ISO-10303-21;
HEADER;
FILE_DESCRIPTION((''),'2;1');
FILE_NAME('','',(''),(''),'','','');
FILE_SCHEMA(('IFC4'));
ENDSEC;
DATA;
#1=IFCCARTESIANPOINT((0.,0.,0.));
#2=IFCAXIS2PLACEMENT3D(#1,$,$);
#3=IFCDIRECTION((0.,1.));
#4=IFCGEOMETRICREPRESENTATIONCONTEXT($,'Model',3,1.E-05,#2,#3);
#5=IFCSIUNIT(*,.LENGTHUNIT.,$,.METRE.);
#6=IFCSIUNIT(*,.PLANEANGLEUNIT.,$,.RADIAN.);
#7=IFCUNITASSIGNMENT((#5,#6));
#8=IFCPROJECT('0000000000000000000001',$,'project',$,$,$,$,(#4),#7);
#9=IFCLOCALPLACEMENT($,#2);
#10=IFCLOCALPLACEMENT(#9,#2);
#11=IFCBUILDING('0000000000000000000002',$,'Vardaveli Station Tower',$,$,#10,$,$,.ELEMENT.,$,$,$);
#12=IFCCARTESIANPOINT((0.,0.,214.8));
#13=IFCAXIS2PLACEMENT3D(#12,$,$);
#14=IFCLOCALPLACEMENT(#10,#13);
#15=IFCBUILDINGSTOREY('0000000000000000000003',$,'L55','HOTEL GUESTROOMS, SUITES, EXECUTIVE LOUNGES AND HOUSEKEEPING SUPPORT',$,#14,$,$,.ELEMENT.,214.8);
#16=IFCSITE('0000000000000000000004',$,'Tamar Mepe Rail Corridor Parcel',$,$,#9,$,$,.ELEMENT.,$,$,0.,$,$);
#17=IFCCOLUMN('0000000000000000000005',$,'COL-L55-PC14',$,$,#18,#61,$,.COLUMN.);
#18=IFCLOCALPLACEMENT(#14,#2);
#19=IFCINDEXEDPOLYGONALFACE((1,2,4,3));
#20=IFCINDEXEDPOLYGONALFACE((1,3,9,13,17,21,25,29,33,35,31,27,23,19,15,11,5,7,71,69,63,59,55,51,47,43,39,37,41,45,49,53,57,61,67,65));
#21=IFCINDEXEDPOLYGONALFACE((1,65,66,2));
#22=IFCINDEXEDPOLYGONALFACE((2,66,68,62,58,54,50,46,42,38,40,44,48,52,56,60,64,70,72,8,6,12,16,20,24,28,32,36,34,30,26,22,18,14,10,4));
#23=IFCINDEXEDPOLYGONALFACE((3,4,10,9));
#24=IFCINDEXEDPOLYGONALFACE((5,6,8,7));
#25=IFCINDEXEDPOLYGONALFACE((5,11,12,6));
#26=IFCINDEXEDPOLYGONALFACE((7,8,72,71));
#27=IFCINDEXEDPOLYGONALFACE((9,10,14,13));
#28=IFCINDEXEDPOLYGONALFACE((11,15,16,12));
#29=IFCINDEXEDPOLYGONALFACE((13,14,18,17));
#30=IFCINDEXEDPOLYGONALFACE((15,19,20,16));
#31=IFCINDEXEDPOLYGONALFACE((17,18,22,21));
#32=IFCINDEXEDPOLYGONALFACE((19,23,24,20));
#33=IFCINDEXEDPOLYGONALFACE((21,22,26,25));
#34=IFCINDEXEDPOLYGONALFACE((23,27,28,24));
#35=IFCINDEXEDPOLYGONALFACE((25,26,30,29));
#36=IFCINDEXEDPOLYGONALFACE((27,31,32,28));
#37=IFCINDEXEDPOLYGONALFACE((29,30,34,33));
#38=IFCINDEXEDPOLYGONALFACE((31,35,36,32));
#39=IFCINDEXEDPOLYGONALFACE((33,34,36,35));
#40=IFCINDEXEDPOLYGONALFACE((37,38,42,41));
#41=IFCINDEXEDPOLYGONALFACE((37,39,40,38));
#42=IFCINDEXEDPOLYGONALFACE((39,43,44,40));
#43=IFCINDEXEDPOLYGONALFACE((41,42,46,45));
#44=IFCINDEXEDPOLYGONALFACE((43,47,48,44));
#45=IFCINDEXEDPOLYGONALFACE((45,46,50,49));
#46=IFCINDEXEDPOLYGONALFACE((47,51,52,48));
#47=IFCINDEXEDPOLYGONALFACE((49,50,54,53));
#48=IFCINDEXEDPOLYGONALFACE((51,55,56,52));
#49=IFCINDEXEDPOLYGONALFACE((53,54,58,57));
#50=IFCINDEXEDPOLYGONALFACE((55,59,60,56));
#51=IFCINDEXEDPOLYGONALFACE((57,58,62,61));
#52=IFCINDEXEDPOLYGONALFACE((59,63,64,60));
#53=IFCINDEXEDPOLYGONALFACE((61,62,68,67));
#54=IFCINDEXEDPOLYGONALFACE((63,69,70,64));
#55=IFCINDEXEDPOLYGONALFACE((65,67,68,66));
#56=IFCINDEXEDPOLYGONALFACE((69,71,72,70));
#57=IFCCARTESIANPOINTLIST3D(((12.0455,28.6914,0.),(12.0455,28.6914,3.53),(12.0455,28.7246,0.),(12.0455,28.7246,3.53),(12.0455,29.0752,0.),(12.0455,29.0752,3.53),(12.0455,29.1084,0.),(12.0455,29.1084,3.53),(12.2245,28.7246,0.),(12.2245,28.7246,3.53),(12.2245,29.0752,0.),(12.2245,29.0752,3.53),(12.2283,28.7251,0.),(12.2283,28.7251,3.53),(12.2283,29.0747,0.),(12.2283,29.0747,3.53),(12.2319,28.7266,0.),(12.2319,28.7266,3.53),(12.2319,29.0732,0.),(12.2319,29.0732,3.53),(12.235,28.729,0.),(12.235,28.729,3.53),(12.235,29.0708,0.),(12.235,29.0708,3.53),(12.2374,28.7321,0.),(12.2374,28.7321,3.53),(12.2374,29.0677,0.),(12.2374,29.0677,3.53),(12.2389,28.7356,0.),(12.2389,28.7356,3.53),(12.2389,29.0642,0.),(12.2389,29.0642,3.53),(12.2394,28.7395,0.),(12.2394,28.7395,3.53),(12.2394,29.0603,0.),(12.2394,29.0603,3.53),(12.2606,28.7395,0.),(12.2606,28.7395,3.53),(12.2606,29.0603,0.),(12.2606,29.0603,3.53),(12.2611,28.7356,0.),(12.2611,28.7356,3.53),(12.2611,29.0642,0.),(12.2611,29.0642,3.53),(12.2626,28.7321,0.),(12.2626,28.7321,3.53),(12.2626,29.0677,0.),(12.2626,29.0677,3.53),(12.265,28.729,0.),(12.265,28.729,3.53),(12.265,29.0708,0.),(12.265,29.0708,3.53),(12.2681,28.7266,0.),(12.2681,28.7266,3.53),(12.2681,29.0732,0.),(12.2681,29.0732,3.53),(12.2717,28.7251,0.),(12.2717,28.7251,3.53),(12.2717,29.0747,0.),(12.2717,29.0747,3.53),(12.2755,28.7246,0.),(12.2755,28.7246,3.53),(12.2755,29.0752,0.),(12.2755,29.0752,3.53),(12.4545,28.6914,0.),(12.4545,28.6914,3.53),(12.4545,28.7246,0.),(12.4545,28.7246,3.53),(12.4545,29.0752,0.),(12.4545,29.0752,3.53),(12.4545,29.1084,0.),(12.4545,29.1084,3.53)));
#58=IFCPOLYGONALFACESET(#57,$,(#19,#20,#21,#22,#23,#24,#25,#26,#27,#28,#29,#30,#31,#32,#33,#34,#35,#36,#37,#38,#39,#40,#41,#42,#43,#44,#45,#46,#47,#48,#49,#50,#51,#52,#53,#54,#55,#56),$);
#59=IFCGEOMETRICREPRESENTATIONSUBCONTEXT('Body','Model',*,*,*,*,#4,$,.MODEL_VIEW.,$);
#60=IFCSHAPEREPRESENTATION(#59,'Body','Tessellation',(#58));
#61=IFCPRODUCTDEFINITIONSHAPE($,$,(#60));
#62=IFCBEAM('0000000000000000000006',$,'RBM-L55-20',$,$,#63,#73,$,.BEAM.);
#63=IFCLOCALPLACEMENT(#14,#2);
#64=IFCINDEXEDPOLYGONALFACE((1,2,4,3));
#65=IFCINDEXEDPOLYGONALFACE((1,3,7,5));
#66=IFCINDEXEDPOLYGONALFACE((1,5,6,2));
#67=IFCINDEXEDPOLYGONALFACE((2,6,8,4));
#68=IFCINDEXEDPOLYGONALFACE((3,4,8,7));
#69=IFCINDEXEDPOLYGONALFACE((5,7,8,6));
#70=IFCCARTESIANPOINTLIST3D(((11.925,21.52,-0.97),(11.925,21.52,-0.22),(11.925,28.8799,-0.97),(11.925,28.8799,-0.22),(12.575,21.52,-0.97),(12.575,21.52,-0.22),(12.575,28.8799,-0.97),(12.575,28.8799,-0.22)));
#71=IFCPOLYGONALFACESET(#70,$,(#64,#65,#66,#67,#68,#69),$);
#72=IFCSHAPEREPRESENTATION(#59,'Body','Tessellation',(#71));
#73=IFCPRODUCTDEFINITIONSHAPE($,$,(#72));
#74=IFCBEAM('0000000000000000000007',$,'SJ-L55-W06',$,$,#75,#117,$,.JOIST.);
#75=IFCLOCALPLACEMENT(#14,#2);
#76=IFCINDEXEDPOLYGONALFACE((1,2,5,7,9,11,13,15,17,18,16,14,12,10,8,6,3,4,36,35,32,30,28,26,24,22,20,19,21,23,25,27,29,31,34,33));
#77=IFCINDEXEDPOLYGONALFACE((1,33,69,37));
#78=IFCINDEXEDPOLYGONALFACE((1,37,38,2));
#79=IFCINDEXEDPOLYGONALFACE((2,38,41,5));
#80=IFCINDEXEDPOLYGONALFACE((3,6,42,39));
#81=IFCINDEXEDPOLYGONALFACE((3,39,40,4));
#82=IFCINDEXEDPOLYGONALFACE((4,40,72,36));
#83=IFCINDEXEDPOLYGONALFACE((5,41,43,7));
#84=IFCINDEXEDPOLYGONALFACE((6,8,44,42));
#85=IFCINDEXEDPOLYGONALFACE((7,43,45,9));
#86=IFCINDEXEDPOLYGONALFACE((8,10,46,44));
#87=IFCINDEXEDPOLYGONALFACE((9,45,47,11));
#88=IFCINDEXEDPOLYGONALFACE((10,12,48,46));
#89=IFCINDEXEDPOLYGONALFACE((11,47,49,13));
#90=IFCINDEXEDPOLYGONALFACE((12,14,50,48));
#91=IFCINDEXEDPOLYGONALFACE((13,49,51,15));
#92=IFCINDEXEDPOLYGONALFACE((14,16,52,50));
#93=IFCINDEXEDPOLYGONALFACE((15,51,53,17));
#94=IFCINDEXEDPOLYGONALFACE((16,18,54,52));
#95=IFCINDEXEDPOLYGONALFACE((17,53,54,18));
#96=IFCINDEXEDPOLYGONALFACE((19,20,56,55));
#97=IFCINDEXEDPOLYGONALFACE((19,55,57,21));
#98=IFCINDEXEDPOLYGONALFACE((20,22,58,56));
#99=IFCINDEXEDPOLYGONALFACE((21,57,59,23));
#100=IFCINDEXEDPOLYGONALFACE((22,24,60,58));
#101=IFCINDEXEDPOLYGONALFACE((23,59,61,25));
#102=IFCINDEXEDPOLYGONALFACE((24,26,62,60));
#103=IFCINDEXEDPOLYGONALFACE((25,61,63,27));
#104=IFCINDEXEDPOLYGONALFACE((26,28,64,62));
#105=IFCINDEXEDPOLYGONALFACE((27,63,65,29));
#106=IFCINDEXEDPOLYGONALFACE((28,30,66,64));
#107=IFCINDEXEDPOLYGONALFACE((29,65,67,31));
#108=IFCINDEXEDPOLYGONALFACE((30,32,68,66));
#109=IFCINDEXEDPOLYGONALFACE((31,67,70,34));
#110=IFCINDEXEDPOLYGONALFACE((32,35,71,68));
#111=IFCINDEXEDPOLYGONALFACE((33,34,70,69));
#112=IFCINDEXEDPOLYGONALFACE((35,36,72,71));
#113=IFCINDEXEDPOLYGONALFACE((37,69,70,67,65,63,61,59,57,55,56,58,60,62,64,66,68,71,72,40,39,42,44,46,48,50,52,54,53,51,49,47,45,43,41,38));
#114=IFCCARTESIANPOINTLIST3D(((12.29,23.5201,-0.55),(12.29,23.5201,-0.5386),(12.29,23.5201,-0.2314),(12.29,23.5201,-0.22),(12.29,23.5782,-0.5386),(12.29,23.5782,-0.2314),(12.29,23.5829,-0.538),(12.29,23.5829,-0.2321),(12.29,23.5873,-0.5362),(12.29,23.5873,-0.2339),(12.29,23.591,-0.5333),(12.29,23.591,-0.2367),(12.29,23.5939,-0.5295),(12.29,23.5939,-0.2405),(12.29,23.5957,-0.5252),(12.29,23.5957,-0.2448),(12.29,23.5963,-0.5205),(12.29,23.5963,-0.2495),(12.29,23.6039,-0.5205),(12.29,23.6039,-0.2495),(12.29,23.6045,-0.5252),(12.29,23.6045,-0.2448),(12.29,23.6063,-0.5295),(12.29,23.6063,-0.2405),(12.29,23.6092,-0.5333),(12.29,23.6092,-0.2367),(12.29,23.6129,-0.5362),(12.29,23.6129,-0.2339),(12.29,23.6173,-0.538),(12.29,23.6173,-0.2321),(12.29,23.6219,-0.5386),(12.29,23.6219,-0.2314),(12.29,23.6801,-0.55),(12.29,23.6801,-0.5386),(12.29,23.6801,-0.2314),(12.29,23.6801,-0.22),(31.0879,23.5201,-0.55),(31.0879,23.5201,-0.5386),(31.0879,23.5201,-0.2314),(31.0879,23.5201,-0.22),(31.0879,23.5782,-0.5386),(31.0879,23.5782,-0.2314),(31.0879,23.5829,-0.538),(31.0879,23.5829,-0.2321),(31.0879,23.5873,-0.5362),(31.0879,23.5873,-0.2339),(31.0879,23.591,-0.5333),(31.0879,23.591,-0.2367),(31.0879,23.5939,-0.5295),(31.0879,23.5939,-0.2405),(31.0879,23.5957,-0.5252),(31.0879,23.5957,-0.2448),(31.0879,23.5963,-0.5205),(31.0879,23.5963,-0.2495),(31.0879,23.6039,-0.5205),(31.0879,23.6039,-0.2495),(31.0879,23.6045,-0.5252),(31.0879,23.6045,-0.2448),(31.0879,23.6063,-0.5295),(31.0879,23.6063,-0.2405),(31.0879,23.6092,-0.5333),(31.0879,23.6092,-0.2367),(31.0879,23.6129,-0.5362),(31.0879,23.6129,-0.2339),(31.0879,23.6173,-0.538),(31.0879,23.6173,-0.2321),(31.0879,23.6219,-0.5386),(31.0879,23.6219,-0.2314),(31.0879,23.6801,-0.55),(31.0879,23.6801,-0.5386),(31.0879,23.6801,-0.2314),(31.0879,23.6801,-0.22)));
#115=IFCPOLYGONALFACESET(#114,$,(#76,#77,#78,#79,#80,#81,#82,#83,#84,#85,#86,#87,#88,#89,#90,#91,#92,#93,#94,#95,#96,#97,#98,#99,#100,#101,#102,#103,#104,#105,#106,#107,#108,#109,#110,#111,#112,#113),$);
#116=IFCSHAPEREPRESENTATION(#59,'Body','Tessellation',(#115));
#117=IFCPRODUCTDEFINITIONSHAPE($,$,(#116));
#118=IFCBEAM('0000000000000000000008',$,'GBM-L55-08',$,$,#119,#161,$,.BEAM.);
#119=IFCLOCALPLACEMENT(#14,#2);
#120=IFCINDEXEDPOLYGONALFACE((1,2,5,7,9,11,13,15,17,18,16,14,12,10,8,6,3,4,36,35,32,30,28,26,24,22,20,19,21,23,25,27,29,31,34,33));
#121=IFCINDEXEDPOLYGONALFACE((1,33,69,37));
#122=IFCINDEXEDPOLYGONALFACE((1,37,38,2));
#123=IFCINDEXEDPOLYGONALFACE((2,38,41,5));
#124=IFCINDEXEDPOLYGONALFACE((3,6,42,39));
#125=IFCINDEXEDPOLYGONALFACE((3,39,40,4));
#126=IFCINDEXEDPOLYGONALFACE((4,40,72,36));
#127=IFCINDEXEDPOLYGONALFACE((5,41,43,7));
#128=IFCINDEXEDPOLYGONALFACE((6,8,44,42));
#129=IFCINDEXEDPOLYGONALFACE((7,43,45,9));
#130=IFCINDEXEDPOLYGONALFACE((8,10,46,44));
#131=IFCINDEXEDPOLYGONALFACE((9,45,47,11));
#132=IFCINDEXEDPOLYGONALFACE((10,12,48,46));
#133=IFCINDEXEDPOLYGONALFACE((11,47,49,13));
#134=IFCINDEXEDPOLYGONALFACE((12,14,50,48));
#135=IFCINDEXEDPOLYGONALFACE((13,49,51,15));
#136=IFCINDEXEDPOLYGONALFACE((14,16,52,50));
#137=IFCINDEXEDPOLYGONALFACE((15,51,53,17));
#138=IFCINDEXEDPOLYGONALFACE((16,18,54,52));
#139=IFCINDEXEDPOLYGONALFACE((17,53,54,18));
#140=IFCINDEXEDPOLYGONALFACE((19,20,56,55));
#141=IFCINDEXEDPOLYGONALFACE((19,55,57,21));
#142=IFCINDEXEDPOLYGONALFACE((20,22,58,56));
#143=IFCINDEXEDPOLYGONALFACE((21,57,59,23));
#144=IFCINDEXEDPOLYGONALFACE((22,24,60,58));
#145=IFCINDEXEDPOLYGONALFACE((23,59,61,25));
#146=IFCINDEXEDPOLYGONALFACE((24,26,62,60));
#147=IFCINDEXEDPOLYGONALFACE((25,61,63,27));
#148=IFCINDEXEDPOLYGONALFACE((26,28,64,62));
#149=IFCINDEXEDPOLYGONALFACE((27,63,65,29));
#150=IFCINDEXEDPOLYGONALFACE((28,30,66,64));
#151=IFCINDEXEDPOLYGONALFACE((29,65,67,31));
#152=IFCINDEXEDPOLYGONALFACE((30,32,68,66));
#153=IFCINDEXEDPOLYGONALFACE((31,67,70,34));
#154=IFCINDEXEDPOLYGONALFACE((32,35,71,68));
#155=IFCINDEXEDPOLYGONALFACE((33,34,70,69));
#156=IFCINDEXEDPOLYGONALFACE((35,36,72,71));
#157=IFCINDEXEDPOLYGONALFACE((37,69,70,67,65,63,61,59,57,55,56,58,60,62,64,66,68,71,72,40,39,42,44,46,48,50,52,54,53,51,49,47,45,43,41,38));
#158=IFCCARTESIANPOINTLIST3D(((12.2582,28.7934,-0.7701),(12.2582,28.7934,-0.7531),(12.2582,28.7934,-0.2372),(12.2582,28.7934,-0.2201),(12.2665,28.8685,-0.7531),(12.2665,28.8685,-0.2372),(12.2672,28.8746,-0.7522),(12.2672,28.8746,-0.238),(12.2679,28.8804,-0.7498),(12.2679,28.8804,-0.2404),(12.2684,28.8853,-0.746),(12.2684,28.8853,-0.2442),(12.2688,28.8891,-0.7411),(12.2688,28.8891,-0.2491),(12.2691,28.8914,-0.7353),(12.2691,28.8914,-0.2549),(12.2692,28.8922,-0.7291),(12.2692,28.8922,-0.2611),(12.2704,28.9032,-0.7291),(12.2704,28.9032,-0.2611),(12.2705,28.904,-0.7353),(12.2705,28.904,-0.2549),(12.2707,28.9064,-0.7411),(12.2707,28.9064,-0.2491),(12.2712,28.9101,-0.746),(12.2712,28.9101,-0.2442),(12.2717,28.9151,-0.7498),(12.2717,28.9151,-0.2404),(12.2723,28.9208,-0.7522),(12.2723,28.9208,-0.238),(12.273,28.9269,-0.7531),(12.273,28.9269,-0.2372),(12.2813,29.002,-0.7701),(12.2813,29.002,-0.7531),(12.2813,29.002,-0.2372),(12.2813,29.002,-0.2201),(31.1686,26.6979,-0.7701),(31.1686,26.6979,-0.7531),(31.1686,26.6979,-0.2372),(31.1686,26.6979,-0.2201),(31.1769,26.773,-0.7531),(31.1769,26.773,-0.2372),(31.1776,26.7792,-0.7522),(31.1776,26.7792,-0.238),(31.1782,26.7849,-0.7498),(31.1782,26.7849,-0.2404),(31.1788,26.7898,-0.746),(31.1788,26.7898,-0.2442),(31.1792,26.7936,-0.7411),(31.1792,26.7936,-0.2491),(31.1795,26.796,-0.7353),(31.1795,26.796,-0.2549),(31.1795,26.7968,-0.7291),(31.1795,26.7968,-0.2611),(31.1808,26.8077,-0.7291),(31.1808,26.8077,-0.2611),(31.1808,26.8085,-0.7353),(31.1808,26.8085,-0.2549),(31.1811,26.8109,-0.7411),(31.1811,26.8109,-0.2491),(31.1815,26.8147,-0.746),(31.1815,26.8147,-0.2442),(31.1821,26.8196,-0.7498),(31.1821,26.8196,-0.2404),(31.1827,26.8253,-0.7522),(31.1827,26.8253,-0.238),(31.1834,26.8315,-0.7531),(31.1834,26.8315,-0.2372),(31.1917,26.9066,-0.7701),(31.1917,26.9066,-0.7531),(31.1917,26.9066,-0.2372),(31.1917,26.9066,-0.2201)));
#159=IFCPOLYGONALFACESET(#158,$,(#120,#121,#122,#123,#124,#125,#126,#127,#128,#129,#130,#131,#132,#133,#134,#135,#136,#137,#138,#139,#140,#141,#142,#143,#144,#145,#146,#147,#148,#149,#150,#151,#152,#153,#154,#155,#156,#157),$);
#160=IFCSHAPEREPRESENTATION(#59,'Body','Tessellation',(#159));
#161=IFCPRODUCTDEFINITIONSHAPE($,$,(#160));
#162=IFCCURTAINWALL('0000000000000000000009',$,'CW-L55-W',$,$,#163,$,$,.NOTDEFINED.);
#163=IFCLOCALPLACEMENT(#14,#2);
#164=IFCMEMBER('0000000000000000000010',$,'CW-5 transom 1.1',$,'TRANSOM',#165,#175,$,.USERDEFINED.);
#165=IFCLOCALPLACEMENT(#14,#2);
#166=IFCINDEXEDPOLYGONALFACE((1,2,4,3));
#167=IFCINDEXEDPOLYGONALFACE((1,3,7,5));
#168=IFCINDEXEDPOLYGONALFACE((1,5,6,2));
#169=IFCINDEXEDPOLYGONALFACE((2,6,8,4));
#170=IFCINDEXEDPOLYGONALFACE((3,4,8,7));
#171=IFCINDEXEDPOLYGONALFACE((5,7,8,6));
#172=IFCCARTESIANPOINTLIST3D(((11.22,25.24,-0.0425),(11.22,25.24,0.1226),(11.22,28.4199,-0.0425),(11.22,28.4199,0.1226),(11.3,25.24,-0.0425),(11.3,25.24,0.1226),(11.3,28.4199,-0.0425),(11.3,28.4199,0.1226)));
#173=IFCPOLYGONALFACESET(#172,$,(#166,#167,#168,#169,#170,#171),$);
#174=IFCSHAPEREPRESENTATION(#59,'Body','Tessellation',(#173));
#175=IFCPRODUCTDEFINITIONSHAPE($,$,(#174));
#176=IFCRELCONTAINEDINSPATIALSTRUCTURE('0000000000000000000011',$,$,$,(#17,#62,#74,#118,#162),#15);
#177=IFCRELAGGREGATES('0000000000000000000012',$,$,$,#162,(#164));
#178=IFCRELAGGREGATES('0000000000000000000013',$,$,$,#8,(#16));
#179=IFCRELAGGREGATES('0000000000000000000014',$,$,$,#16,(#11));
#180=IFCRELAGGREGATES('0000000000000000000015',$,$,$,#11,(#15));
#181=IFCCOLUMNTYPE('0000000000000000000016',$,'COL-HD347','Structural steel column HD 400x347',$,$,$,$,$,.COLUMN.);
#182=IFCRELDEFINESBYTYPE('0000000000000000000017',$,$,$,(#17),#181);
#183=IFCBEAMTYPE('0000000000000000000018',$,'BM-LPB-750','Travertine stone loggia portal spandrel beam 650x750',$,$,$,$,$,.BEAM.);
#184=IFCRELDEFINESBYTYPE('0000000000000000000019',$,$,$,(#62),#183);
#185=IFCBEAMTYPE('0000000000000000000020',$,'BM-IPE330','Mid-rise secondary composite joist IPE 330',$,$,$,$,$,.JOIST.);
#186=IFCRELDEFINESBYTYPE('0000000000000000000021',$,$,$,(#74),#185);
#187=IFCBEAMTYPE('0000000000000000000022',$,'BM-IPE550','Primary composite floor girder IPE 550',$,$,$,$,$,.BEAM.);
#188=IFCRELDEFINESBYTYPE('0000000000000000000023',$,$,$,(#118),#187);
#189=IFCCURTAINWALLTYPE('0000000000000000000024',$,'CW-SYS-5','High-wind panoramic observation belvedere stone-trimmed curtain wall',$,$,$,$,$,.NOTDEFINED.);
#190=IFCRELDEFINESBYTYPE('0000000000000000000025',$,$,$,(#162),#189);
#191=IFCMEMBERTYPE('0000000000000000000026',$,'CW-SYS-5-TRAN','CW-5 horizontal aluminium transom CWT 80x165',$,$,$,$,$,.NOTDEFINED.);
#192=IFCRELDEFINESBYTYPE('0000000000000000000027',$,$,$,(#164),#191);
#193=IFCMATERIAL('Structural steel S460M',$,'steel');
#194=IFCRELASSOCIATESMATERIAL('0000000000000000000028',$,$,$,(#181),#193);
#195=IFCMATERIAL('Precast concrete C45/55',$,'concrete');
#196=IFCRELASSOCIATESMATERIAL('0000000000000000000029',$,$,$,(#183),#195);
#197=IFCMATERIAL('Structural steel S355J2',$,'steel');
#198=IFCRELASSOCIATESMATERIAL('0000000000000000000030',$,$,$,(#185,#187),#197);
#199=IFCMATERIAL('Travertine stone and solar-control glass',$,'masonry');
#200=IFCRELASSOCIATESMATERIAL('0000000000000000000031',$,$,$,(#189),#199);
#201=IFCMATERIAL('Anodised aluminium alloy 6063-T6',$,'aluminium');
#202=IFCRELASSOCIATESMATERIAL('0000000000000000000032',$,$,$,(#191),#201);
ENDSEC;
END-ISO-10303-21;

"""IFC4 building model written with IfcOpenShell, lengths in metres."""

from ifc_helpers import new_model, si_unit, direction, frame, origin, origin_2d, place, context, subcontext, project, spatial, rectangle, i_section, extrude, source, transform, mapped, material, material_profile, profile_set, type_object, element, aggregate, save


model = new_model("IFC4")

# Units and contexts
model_context = context("Model", 3, precision=1e-05, world=origin(), true_north=direction((0.0, 1.0)))
body_context = subcontext(model_context, "Body", "Model", "MODEL_VIEW")
ifc_project = project(units=[si_unit("LENGTHUNIT", "METRE"), si_unit("PLANEANGLEUNIT", "RADIAN")], contexts=[model_context])

# Site, building, storey
site_placement = place(None, origin())
site = spatial("IfcSite", under=ifc_project, at=site_placement, Name="Tamar Mepe Rail Corridor Parcel", CompositionType="ELEMENT", RefElevation=0.0)
building_placement = place(site_placement, origin())
building = spatial("IfcBuilding", under=site, at=building_placement, Name="Vardaveli Station Tower", CompositionType="ELEMENT")
storey_placement = place(building_placement, frame((0.0, 0.0, 214.8)))
storey = spatial("IfcBuildingStorey", under=building, at=storey_placement, Name="L55", Description="HOTEL GUESTROOMS, SUITES, EXECUTIVE LOUNGES AND HOUSEKEEPING SUPPORT", CompositionType="ELEMENT", Elevation=214.8)

# Column
ifc_material_1 = material(Name="Structural steel S460M", Category="steel")
ifc_material_profile_1 = material_profile(ifc_material_1, i_section(OverallWidth=0.4089, OverallDepth=0.417, WebThickness=0.0212, FlangeThickness=0.0332, FilletRadius=0.0149, at=origin_2d()), Name="HD 400x347")
ifc_profile_set_1 = profile_set([ifc_material_profile_1], Name="Structural steel S460M")
column_type = type_object("IfcColumnType", Name="COL-HD347", Description="Structural steel column HD 400x347", PredefinedType="COLUMN", material=ifc_profile_set_1)
shared_shape_1 = source(origin(), body_context, "Body", "SweptSolid", [
    extrude(i_section(OverallWidth=0.4089, OverallDepth=0.417, WebThickness=0.0212, FlangeThickness=0.0332, FilletRadius=0.0149, at=origin_2d()), origin(), (0.0, 0.0, 1.0), 3.53),
])
column_placement = place(storey_placement, frame((12.25, 28.8999, 0.0), z_axis=(0.0, 0.0, 1.0), x_axis=(1.0, 0.0, 0.0)))
element("IfcColumn", 1, at=column_placement, inside=storey, type_object=column_type, Name="COL-L55-PC14", PredefinedType="COLUMN", context=body_context, shape_type="MappedRepresentation", body=[
    mapped(shared_shape_1, transform((0.0, 0.0, 0.0), scale=1.0)),
])

# Beams
ifc_material_2 = material(Name="Precast concrete C45/55", Category="concrete")
ifc_material_profile_2 = material_profile(ifc_material_2, rectangle(XDim=0.6499, YDim=0.75, at=origin_2d()), Name="LPB 650x750")
ifc_profile_set_2 = profile_set([ifc_material_profile_2], Name="Precast concrete C45/55")
beam_type_1 = type_object("IfcBeamType", Name="BM-LPB-750", Description="Travertine stone loggia portal spandrel beam 650x750", PredefinedType="BEAM", material=ifc_profile_set_2)
shared_shape_2 = source(origin(), body_context, "Body", "SweptSolid", [
    extrude(rectangle(XDim=0.6499, YDim=0.75, at=origin_2d()), origin(), (0.0, 0.0, 1.0), 7.3599),
])
beam_1_placement = place(storey_placement, frame((12.25, 28.8799, -0.595), z_axis=(0.0, -1.0, 0.0), x_axis=(1.0, 0.0, 0.0)))
element("IfcBeam", 2, at=beam_1_placement, inside=storey, type_object=beam_type_1, Name="RBM-L55-20", PredefinedType="BEAM", context=body_context, shape_type="MappedRepresentation", body=[
    mapped(shared_shape_2, transform((0.0, 0.0, 0.0), scale=1.0)),
])
ifc_material_3 = material(Name="Structural steel S355J2", Category="steel")
ifc_material_profile_3 = material_profile(ifc_material_3, i_section(OverallWidth=0.1599, OverallDepth=0.3301, WebThickness=0.0076, FlangeThickness=0.0115, FilletRadius=0.0181, at=origin_2d()), Name="IPE 330")
ifc_profile_set_3 = profile_set([ifc_material_profile_3], Name="Structural steel S355J2")
beam_type_2 = type_object("IfcBeamType", Name="BM-IPE330", Description="Mid-rise secondary composite joist IPE 330", PredefinedType="JOIST", material=ifc_profile_set_3)
shared_shape_3 = source(origin(), body_context, "Body", "SweptSolid", [
    extrude(i_section(OverallWidth=0.1599, OverallDepth=0.3301, WebThickness=0.0076, FlangeThickness=0.0115, FilletRadius=0.0181, at=origin_2d()), origin(), (0.0, 0.0, 1.0), 18.7979),
])
beam_2_placement = place(storey_placement, frame((12.29, 23.6001, -0.385), z_axis=(1.0, 0.0, 0.0), x_axis=(0.0, 1.0, 0.0)))
element("IfcBeam", 3, at=beam_2_placement, inside=storey, type_object=beam_type_2, Name="SJ-L55-W06", PredefinedType="JOIST", context=body_context, shape_type="MappedRepresentation", body=[
    mapped(shared_shape_3, transform((0.0, 0.0, 0.0), scale=1.0)),
])
ifc_material_profile_4 = material_profile(ifc_material_3, i_section(OverallWidth=0.21, OverallDepth=0.55, WebThickness=0.011, FlangeThickness=0.0171, FilletRadius=0.0239, at=origin_2d()), Name="IPE 550")
ifc_profile_set_4 = profile_set([ifc_material_profile_4], Name="Structural steel S355J2")
beam_type_3 = type_object("IfcBeamType", Name="BM-IPE550", Description="Primary composite floor girder IPE 550", PredefinedType="BEAM", material=ifc_profile_set_4)
shared_shape_4 = source(origin(), body_context, "Body", "SweptSolid", [
    extrude(i_section(OverallWidth=0.21, OverallDepth=0.55, WebThickness=0.011, FlangeThickness=0.0171, FilletRadius=0.0239, at=origin_2d()), origin(), (0.0, 0.0, 1.0), 19.0261),
])
beam_3_placement = place(storey_placement, frame((12.2698, 28.8977, -0.4951), z_axis=(0.993917, -0.110136, 0.0), x_axis=(0.110136, 0.993917, 0.0)))
element("IfcBeam", 4, at=beam_3_placement, inside=storey, type_object=beam_type_3, Name="GBM-L55-08", PredefinedType="BEAM", context=body_context, shape_type="MappedRepresentation", body=[
    mapped(shared_shape_4, transform((0.0, 0.0, 0.0), scale=1.0)),
])

# Curtain wall, member
ifc_material_4 = material(Name="Travertine stone and solar-control glass", Category="masonry")
curtain_wall_type = type_object("IfcCurtainWallType", Name="CW-SYS-5", Description="High-wind panoramic observation belvedere stone-trimmed curtain wall", PredefinedType="NOTDEFINED", material=ifc_material_4)
curtain_wall_placement = place(storey_placement, origin())
curtain_wall = element("IfcCurtainWall", 5, at=curtain_wall_placement, inside=storey, type_object=curtain_wall_type, Name="CW-L55-W", PredefinedType="NOTDEFINED")
ifc_material_5 = material(Name="Anodised aluminium alloy 6063-T6", Category="aluminium")
ifc_material_profile_5 = material_profile(ifc_material_5, rectangle(XDim=0.0801, YDim=0.165, at=origin_2d()), Name="CWT 80x165")
ifc_profile_set_5 = profile_set([ifc_material_profile_5], Name="Anodised aluminium alloy 6063-T6")
member_type_1 = type_object("IfcMemberType", Name="CW-SYS-5-TRAN", Description="CW-5 horizontal aluminium transom CWT 80x165", PredefinedType="NOTDEFINED", material=ifc_profile_set_5)
shared_shape_5 = source(origin(), body_context, "Body", "SweptSolid", [
    extrude(rectangle(XDim=0.0801, YDim=0.165, at=origin_2d()), origin(), (0.0, 0.0, 1.0), 3.1799),
])
member_1_placement = place(storey_placement, frame((11.26, 28.4199, 0.04), z_axis=(0.0, -1.0, 0.0), x_axis=(1.0, 0.0, 0.0)))
member_1 = element("IfcMember", 6, at=member_1_placement, type_object=member_type_1, Name="CW-5 transom 1.1", ObjectType="TRANSOM", PredefinedType="USERDEFINED", context=body_context, shape_type="MappedRepresentation", body=[
    mapped(shared_shape_5, transform((0.0, 0.0, 0.0), scale=1.0)),
])
aggregate(curtain_wall, [member_1])

save(model, "model.ifc")
